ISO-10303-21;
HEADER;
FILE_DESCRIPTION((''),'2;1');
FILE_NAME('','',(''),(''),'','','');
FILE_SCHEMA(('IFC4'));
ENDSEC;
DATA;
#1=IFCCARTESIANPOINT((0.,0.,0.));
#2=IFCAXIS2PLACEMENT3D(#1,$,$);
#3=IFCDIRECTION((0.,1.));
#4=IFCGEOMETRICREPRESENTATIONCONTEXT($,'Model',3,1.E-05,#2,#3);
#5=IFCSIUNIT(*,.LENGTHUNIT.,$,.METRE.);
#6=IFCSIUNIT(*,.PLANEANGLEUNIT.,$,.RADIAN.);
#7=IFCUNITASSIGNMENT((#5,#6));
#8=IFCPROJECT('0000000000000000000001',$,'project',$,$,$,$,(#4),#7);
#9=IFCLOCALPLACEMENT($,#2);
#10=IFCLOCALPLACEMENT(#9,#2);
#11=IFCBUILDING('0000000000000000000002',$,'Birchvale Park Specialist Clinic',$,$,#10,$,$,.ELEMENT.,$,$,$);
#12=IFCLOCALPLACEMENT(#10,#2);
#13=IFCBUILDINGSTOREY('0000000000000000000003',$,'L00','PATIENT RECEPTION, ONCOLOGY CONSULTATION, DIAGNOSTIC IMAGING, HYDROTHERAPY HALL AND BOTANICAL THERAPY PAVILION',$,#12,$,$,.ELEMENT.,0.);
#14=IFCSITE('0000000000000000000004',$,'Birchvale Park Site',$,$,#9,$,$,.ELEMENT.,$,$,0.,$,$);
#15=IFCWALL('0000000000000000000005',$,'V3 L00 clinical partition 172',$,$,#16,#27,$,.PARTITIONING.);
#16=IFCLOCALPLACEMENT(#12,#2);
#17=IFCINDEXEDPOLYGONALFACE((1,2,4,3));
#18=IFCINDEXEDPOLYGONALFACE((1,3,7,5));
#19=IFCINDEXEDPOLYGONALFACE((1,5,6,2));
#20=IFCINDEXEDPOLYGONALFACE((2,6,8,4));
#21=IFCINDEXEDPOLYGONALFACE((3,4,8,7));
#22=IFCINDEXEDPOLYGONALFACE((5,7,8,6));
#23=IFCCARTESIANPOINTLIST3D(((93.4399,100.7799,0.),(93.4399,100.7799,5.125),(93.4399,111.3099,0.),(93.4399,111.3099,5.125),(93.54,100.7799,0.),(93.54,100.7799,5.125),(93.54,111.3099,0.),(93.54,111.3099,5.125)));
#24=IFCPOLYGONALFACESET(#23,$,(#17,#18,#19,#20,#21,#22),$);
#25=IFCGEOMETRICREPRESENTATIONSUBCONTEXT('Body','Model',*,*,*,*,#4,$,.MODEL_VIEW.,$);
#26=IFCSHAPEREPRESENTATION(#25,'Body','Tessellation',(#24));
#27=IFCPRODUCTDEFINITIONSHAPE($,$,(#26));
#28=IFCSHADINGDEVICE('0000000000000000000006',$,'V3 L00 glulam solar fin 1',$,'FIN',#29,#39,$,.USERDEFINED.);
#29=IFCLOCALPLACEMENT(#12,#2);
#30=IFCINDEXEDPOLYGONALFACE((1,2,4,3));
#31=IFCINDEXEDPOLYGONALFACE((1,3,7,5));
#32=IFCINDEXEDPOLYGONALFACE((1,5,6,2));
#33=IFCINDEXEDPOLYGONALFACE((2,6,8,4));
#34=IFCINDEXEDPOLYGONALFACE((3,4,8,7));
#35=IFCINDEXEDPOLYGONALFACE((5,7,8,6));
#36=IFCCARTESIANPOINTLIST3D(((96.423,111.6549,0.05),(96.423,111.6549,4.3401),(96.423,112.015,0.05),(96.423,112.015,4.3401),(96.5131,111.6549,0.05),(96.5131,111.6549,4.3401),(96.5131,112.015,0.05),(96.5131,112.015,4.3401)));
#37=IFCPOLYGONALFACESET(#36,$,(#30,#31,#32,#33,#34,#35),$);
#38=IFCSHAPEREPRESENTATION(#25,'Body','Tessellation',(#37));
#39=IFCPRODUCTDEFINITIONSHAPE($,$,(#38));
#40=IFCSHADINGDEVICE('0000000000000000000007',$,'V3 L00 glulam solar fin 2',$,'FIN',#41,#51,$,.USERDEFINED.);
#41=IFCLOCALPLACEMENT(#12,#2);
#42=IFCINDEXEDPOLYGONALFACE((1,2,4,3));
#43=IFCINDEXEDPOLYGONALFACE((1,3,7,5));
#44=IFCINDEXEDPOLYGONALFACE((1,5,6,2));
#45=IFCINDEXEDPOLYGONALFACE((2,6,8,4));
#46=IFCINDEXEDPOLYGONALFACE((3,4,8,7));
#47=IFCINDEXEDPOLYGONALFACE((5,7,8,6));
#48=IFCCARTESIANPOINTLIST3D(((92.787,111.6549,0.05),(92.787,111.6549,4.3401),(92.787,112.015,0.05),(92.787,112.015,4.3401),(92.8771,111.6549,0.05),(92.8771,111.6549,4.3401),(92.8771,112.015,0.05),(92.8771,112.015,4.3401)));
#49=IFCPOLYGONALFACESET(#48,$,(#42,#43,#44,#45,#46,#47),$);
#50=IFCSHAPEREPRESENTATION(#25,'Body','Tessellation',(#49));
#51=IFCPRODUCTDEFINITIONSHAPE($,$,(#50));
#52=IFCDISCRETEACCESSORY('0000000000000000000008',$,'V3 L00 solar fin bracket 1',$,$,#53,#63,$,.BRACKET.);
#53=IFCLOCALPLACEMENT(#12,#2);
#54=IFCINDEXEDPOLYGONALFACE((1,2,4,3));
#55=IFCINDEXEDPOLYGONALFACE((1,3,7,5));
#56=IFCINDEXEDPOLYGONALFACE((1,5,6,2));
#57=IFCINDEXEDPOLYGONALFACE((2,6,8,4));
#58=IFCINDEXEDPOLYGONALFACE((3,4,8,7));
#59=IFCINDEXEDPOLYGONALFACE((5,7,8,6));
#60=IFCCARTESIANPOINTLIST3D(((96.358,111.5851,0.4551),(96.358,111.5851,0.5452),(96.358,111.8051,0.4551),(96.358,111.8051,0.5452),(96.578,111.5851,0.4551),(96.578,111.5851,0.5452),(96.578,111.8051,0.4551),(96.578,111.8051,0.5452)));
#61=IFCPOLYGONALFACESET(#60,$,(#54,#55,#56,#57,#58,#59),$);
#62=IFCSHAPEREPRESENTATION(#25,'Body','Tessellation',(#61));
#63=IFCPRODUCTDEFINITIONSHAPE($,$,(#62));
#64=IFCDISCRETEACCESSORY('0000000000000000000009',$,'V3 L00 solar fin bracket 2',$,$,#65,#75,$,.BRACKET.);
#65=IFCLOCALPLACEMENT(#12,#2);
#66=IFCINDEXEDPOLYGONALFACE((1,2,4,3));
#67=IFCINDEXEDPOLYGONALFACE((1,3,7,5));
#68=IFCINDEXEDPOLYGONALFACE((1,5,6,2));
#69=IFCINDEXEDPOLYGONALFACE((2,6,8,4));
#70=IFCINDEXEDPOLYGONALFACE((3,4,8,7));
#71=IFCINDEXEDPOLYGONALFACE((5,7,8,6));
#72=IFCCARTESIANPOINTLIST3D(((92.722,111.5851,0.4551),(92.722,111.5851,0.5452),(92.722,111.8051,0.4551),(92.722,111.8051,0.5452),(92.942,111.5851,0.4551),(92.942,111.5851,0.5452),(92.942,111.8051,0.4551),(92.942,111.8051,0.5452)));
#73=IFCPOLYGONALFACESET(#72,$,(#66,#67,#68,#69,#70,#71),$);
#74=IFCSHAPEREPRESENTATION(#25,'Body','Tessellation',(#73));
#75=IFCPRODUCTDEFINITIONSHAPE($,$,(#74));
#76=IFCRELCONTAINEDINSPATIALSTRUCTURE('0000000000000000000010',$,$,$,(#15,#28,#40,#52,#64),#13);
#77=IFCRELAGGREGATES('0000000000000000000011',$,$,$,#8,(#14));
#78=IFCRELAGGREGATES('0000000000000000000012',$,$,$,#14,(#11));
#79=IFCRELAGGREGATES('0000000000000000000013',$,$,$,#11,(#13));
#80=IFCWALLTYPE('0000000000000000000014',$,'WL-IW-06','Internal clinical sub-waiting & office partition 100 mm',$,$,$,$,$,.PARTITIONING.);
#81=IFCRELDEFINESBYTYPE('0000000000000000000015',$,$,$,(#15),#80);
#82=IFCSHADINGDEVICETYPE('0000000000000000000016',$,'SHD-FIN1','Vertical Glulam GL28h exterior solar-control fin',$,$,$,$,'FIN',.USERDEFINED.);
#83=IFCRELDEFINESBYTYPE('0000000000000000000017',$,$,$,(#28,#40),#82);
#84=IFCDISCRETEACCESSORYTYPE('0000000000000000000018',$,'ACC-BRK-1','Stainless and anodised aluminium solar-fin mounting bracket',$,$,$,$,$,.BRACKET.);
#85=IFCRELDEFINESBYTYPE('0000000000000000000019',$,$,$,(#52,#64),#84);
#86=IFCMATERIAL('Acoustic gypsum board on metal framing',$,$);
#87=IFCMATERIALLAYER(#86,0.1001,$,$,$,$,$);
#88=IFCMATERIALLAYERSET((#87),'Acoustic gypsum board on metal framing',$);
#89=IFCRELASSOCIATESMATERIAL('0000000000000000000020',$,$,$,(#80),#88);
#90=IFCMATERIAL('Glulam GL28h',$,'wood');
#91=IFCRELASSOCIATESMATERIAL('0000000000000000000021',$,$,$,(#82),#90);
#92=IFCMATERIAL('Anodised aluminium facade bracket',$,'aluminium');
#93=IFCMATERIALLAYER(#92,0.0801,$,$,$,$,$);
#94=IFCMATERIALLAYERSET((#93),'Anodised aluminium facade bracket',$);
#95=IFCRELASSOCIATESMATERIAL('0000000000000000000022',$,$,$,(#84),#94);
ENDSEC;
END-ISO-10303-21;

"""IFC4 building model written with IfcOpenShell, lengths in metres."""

from ifc_helpers import new_model, si_unit, direction, frame, frame_2d, origin, origin_2d, place, context, subcontext, project, spatial, rectangle, extrude, material, layer, layer_set, type_object, element, save


model = new_model("IFC4")

# Units and contexts
model_context = context("Model", 3, precision=1e-05, world=origin(), true_north=direction((0.0, 1.0)))
body_context = subcontext(model_context, "Body", "Model", "MODEL_VIEW")
ifc_project = project(units=[si_unit("LENGTHUNIT", "METRE"), si_unit("PLANEANGLEUNIT", "RADIAN")], contexts=[model_context])

# Site, building, storey
site_placement = place(None, origin())
site = spatial("IfcSite", under=ifc_project, at=site_placement, Name="Birchvale Park Site", CompositionType="ELEMENT", RefElevation=0.0)
building_placement = place(site_placement, origin())
building = spatial("IfcBuilding", under=site, at=building_placement, Name="Birchvale Park Specialist Clinic", CompositionType="ELEMENT")
storey_placement = place(building_placement, origin())
storey = spatial("IfcBuildingStorey", under=building, at=storey_placement, Name="L00", Description="PATIENT RECEPTION, ONCOLOGY CONSULTATION, DIAGNOSTIC IMAGING, HYDROTHERAPY HALL AND BOTANICAL THERAPY PAVILION", CompositionType="ELEMENT", Elevation=0.0)

# Wall
ifc_material_1 = material(Name="Acoustic gypsum board on metal framing")
ifc_layer_1 = layer(ifc_material_1, 0.1001)
ifc_layer_set_1 = layer_set([ifc_layer_1], Name="Acoustic gypsum board on metal framing")
wall_type = type_object("IfcWallType", Name="WL-IW-06", Description="Internal clinical sub-waiting & office partition 100 mm", PredefinedType="PARTITIONING", material=ifc_layer_set_1)
wall_placement = place(storey_placement, frame((93.49, 111.3101, 0.0), z_axis=(0.0, 0.0, 1.0), x_axis=(0.0, -1.0, 0.0)))
element("IfcWall", 1, at=wall_placement, inside=storey, type_object=wall_type, Name="V3 L00 clinical partition 172", PredefinedType="PARTITIONING", context=body_context, shape_type="SweptSolid", body=[
    extrude(rectangle(XDim=10.53, YDim=0.1001, at=frame_2d((5.2651, 0.0))), origin(), (0.0, 0.0, 1.0), 5.125),
])

# Shading devices
ifc_material_2 = material(Name="Glulam GL28h", Category="wood")
shading_device_type = type_object("IfcShadingDeviceType", Name="SHD-FIN1", Description="Vertical Glulam GL28h exterior solar-control fin", ElementType="FIN", PredefinedType="USERDEFINED", material=ifc_material_2)
for number, where, z_axis, x_axis, name in (
    (2, (96.468, 111.835, 0.05), (0.0, 0.0, 1.0), (0.0, 1.0, 0.0), "V3 L00 glulam solar fin 1"),
    (3, (92.832, 111.835, 0.05), (0.0, 0.0, 1.0), (0.0, 1.0, 0.0), "V3 L00 glulam solar fin 2"),
):
    element("IfcShadingDevice", number, at=place(storey_placement, frame(where, z_axis=z_axis, x_axis=x_axis)), inside=storey, type_object=shading_device_type, Name=name, ObjectType="FIN", PredefinedType="USERDEFINED", context=body_context, shape_type="SweptSolid", body=[
        extrude(rectangle(XDim=0.3601, YDim=0.0901, at=origin_2d()), origin(), (0.0, 0.0, 1.0), 4.29),
    ])

# Discrete accessories
ifc_material_3 = material(Name="Anodised aluminium facade bracket", Category="aluminium")
ifc_layer_2 = layer(ifc_material_3, 0.0801)
ifc_layer_set_2 = layer_set([ifc_layer_2], Name="Anodised aluminium facade bracket")
discrete_accessory_type = type_object("IfcDiscreteAccessoryType", Name="ACC-BRK-1", Description="Stainless and anodised aluminium solar-fin mounting bracket", PredefinedType="BRACKET", material=ifc_layer_set_2)
for number, where, z_axis, x_axis, name in (
    (4, (96.468, 111.6951, 0.4551), (0.0, 0.0, 1.0), (0.0, 1.0, 0.0), "V3 L00 solar fin bracket 1"),
    (5, (92.832, 111.6951, 0.4551), (0.0, 0.0, 1.0), (0.0, 1.0, 0.0), "V3 L00 solar fin bracket 2"),
):
    element("IfcDiscreteAccessory", number, at=place(storey_placement, frame(where, z_axis=z_axis, x_axis=x_axis)), inside=storey, type_object=discrete_accessory_type, Name=name, PredefinedType="BRACKET", context=body_context, shape_type="SweptSolid", body=[
        extrude(rectangle(XDim=0.22, YDim=0.22, at=origin_2d()), origin(), (0.0, 0.0, 1.0), 0.0901),
    ])

save(model, "model.ifc")
